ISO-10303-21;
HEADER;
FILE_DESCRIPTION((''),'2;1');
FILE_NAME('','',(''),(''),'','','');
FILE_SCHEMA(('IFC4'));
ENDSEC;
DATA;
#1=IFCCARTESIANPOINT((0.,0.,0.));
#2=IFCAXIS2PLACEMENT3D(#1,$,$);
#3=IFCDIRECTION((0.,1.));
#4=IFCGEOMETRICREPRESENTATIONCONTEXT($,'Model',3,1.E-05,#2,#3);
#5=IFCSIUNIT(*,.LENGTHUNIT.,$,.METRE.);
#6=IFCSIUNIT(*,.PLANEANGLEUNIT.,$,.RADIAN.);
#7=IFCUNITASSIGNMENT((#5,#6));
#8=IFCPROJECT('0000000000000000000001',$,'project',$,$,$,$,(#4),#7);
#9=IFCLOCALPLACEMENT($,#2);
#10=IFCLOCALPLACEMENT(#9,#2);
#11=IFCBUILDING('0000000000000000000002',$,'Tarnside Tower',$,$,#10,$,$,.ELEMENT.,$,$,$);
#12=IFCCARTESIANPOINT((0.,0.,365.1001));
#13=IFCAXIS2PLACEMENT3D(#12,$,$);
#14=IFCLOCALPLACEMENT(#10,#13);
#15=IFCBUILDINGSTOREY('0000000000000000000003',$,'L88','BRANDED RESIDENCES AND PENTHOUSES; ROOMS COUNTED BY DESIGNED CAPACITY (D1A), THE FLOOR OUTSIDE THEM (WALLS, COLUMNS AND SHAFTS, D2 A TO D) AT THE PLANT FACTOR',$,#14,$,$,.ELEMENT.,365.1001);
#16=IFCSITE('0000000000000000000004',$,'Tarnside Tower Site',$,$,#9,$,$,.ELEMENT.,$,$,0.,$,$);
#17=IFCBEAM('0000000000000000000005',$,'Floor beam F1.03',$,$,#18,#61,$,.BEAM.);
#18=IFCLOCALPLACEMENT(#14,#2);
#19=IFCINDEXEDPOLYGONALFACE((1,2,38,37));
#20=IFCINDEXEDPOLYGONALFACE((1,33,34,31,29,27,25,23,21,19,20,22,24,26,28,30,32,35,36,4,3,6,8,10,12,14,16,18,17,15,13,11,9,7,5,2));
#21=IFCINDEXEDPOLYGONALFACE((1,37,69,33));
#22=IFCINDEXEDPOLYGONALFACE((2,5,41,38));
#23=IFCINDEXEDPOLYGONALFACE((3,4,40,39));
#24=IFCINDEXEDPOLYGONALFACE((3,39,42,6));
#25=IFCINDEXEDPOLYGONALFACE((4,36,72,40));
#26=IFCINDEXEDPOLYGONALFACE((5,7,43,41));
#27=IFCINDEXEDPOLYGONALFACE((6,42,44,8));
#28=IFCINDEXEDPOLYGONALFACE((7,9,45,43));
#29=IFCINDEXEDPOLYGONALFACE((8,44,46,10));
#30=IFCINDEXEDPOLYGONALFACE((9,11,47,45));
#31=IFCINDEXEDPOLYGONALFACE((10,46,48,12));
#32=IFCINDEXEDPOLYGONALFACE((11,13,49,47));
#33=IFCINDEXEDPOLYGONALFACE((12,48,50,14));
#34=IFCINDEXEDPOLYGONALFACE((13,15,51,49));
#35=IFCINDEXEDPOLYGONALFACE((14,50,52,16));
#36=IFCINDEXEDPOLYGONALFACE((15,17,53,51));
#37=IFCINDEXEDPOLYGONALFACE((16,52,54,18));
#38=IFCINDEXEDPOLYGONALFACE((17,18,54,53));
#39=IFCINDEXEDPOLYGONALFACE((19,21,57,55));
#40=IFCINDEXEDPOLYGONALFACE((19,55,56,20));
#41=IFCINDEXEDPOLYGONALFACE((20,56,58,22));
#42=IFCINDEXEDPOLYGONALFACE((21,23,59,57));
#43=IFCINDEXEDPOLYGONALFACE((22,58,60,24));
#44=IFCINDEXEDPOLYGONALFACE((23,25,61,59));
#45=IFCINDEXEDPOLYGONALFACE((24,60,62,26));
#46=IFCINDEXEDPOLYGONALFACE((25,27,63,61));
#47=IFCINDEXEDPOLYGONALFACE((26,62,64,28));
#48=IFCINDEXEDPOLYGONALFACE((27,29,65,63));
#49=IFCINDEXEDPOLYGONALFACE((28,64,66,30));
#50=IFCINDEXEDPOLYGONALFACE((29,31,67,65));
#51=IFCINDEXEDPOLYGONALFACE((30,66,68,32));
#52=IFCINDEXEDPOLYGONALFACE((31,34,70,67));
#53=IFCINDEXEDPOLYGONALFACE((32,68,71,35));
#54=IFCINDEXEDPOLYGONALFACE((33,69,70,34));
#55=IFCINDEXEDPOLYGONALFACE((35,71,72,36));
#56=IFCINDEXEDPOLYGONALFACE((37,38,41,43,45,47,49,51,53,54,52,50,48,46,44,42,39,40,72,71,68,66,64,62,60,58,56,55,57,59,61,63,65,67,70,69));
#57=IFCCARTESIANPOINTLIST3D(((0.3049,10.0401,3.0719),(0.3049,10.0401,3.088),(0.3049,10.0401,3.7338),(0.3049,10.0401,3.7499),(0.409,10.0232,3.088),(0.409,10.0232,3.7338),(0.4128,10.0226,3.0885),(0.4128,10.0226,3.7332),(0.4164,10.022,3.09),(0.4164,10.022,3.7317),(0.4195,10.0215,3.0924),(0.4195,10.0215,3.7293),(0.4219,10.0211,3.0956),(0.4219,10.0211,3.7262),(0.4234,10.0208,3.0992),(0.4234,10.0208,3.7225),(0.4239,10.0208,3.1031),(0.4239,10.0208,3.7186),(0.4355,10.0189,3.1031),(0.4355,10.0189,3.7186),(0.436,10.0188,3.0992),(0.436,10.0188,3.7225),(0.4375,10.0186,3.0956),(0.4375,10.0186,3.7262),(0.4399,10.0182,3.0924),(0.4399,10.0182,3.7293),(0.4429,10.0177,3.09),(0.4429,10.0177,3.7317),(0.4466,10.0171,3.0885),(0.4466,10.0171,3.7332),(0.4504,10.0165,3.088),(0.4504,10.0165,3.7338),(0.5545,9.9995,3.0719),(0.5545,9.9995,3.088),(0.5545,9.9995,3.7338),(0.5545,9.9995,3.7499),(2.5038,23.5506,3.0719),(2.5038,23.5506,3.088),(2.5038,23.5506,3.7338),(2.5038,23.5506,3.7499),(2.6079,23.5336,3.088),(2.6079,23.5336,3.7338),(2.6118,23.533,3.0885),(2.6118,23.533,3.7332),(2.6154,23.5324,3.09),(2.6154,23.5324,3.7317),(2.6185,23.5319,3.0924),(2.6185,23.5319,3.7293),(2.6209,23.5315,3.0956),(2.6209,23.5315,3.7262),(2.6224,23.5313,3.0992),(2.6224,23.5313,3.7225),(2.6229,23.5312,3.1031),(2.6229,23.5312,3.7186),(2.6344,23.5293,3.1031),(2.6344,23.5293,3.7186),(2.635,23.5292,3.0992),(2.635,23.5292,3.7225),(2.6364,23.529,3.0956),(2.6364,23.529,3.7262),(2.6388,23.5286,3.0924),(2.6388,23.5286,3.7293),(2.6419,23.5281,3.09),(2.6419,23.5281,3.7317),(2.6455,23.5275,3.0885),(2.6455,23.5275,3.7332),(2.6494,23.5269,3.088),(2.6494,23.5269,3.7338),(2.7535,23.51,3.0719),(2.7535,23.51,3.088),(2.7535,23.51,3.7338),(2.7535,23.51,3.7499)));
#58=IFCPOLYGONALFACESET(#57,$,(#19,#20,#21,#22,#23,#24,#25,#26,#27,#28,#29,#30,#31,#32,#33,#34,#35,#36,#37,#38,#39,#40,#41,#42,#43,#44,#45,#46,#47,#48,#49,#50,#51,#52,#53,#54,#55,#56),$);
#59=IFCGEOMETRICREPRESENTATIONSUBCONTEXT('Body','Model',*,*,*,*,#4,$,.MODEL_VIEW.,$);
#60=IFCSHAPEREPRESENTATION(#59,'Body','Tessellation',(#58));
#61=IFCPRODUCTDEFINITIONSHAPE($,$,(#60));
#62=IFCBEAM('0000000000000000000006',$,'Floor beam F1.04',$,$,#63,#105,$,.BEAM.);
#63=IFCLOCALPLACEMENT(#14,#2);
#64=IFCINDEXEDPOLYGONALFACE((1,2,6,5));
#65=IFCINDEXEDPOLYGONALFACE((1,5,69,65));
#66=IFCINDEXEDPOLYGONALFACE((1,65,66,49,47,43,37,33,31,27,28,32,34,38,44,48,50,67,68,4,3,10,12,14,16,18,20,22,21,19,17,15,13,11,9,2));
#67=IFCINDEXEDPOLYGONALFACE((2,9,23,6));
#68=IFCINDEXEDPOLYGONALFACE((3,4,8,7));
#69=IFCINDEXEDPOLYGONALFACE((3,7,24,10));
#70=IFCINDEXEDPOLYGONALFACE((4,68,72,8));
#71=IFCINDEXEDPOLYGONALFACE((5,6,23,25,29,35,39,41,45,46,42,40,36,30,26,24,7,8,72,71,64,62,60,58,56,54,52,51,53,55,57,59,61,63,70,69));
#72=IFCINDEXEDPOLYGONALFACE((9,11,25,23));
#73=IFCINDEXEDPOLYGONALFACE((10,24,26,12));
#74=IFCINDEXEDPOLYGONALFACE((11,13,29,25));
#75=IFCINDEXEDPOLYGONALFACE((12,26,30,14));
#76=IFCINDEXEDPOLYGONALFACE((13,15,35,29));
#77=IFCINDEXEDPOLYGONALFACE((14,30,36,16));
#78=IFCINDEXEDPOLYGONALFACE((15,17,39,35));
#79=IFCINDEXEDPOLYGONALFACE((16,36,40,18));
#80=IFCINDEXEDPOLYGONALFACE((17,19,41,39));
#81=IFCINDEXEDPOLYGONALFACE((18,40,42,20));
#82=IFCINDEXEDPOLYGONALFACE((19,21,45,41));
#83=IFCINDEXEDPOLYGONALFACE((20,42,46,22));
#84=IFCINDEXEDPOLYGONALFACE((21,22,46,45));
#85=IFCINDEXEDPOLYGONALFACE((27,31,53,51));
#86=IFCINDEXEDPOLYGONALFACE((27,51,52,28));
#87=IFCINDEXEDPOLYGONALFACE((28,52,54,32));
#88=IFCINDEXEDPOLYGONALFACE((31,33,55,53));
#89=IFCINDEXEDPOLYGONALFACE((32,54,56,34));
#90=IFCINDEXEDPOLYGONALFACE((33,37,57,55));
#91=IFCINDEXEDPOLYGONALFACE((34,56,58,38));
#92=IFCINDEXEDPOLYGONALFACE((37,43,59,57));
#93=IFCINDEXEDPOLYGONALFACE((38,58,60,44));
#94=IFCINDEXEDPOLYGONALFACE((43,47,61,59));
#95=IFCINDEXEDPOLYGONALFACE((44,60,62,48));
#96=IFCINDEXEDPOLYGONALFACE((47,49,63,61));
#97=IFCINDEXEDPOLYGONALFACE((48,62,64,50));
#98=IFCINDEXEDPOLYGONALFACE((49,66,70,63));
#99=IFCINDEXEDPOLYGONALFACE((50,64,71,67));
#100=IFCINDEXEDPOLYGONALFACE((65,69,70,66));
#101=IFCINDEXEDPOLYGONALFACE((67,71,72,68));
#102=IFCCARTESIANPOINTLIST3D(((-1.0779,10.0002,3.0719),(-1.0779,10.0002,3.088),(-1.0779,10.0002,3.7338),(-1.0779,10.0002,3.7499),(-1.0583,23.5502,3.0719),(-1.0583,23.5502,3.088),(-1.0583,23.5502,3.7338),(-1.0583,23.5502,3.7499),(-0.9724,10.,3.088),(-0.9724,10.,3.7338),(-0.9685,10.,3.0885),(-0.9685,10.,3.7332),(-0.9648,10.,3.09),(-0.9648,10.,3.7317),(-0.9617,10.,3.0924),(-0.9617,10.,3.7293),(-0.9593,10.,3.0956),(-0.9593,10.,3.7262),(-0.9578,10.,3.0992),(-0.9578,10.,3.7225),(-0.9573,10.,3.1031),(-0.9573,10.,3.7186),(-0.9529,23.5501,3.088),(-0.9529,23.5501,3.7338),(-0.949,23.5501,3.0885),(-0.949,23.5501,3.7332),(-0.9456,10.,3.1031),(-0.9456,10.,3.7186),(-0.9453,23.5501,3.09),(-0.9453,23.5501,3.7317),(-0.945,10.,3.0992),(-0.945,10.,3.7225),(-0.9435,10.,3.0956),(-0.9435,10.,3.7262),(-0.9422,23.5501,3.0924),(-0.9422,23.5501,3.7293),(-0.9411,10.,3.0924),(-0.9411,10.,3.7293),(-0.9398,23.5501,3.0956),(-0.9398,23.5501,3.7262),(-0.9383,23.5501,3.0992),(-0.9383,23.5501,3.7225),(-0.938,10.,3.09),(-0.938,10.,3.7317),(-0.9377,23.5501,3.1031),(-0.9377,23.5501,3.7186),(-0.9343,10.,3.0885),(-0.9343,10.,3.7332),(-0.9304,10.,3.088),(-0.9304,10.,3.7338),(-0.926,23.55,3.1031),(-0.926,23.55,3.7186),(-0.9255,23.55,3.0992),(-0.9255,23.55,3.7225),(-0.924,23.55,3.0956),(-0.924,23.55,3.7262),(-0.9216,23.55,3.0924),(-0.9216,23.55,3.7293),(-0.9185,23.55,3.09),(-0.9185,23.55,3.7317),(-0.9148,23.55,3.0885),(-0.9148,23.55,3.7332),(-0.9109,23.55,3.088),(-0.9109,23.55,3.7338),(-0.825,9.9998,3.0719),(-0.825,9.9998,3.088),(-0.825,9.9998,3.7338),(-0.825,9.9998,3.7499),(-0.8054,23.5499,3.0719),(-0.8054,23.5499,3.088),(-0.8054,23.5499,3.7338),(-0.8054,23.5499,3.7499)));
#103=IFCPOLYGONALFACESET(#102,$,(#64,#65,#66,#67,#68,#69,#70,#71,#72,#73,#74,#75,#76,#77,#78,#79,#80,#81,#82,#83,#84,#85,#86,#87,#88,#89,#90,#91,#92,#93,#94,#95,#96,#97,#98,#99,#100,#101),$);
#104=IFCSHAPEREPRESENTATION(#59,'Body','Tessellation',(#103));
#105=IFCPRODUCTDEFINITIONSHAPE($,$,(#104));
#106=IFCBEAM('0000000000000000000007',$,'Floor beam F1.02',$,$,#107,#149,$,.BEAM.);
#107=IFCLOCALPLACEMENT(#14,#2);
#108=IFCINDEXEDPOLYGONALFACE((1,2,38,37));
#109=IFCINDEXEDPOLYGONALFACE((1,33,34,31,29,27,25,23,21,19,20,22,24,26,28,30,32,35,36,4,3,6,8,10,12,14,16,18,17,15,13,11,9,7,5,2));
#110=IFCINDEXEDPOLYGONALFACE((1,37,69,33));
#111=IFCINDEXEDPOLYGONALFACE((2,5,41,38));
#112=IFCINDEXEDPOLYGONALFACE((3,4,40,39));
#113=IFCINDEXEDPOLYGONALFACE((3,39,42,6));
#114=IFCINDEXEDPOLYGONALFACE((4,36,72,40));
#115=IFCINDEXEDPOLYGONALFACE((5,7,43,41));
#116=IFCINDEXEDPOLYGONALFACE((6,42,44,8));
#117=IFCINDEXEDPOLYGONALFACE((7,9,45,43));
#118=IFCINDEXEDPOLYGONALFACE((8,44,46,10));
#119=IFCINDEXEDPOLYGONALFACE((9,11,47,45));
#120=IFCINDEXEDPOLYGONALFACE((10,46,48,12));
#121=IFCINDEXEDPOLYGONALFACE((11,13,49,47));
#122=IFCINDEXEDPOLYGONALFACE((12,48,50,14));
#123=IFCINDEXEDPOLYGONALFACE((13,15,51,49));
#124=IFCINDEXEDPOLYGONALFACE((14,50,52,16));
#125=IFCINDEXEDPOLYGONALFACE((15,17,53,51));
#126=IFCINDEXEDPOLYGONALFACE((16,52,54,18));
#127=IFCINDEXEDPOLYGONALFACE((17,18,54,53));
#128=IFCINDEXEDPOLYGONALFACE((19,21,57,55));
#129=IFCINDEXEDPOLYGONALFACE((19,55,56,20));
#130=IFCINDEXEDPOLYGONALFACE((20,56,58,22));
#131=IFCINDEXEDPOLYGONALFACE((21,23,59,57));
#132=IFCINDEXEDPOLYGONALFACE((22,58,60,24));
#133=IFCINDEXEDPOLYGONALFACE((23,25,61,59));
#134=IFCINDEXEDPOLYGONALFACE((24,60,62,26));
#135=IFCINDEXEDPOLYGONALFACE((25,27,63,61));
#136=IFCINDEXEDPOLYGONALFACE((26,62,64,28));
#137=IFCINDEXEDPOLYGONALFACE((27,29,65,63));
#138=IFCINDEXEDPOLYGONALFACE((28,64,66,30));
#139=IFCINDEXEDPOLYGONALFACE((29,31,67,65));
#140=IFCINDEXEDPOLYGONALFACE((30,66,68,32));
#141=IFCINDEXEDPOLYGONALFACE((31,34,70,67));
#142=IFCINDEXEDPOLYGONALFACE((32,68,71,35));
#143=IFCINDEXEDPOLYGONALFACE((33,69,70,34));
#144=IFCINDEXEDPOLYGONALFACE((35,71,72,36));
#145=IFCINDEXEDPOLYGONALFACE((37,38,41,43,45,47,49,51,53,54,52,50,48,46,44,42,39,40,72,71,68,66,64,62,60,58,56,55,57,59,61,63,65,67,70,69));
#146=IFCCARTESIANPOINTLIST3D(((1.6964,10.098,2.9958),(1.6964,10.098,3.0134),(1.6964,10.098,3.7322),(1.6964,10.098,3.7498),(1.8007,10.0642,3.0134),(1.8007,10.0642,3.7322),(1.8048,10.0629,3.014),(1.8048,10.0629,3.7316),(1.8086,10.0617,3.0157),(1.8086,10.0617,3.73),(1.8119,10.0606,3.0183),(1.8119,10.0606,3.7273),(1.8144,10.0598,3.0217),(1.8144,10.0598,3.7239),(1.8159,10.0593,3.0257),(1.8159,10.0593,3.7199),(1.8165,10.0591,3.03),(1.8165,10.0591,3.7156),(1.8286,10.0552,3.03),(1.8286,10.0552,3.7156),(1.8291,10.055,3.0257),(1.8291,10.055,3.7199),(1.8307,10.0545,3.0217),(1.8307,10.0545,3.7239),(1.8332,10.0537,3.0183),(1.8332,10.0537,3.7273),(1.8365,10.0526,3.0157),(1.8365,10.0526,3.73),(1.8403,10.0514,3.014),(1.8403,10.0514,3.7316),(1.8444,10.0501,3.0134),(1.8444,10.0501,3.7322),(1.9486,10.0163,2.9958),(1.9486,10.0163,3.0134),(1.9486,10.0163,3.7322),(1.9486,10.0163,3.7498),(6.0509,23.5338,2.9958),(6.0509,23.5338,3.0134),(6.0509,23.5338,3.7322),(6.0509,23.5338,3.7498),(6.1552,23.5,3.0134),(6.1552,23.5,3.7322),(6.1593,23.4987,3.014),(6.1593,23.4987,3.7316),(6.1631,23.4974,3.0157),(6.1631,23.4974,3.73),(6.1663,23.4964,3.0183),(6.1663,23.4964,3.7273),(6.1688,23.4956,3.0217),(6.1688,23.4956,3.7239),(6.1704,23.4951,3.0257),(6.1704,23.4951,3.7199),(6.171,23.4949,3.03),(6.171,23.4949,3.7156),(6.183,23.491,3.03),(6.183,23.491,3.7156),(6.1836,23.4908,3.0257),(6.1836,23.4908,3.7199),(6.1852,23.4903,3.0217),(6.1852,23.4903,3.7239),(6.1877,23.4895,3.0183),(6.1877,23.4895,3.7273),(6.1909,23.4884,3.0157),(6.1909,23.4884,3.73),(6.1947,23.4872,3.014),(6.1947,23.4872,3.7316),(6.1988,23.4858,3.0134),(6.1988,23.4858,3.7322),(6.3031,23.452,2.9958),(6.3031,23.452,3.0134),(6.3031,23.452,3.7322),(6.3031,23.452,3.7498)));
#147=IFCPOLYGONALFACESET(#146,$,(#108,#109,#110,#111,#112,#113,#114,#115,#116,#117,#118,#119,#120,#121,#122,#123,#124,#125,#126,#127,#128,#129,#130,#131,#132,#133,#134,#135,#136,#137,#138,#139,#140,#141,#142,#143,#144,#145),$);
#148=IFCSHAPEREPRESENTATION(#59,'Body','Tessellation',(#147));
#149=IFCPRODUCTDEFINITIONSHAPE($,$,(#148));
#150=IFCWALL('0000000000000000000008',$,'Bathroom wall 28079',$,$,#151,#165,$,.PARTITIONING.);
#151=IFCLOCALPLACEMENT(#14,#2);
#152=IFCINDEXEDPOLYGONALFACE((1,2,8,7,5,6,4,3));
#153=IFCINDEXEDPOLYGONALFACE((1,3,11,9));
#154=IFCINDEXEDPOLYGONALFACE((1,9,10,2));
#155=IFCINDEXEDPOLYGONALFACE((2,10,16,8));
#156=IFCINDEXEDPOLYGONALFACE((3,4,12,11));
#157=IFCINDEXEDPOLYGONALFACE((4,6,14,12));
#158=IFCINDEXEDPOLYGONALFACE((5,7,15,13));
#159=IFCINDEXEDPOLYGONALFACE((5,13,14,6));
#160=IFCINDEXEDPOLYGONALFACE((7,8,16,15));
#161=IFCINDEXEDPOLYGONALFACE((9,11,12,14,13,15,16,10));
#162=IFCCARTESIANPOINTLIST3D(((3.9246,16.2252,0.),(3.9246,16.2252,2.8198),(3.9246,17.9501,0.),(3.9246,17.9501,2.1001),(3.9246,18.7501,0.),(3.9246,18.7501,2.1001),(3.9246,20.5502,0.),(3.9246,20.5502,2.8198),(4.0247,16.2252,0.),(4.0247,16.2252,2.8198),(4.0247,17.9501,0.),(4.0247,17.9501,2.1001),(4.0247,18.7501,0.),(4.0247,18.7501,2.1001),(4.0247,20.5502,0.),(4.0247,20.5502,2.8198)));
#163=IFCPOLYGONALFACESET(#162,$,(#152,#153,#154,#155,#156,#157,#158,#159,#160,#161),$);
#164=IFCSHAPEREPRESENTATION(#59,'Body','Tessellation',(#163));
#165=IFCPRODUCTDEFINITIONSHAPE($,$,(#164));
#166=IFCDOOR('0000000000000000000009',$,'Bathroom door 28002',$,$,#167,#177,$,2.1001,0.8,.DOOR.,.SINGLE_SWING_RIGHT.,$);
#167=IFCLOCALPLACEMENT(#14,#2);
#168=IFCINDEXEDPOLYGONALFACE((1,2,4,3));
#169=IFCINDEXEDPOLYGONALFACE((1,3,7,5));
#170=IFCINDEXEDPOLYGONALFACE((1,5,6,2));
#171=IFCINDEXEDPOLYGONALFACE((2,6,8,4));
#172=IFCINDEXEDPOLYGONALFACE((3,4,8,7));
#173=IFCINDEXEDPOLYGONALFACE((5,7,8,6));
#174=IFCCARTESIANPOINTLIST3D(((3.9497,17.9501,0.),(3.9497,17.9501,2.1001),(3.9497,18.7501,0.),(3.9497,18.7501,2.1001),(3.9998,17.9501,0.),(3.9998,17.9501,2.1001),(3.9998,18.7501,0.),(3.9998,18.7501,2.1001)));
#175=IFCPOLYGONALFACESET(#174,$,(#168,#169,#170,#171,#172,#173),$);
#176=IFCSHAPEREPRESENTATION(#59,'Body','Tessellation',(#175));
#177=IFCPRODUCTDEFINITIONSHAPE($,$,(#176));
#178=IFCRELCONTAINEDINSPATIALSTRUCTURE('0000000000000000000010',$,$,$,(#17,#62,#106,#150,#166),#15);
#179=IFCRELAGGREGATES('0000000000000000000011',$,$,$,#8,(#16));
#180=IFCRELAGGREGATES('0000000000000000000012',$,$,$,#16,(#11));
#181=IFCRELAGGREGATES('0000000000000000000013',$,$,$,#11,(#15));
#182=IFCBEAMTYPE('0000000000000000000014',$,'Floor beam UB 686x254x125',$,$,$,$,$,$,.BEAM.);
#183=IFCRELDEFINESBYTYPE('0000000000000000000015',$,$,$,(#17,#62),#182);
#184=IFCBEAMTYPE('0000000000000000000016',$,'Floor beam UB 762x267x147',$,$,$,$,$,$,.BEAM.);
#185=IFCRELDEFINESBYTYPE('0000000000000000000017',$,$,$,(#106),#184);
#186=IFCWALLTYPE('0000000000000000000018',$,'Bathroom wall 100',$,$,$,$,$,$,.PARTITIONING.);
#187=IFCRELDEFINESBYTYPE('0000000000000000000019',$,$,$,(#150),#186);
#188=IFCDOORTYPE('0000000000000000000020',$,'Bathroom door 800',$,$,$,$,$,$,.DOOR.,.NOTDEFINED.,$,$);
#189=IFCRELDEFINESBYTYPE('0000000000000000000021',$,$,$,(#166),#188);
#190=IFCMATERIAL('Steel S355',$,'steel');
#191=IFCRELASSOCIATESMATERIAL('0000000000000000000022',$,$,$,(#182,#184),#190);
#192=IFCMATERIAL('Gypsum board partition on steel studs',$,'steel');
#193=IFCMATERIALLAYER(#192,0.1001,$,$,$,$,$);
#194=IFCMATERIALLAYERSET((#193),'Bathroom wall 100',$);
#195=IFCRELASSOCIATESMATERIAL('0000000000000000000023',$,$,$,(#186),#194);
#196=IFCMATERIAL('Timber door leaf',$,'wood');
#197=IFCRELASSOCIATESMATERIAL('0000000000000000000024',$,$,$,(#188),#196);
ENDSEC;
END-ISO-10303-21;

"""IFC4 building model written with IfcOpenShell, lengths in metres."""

from ifc_helpers import new_model, si_unit, direction, frame, frame_2d, origin, origin_2d, place, context, subcontext, project, spatial, rectangle, i_section, extrude, material, layer, layer_set, material_profile, profile_set, type_object, element, fill, save


model = new_model("IFC4")

# Units and contexts
model_context = context("Model", 3, precision=1e-05, world=origin(), true_north=direction((0.0, 1.0)))
body_context = subcontext(model_context, "Body", "Model", "MODEL_VIEW")
ifc_project = project(units=[si_unit("LENGTHUNIT", "METRE"), si_unit("PLANEANGLEUNIT", "RADIAN")], contexts=[model_context])

# Site, building, storey
site_placement = place(None, origin())
site = spatial("IfcSite", under=ifc_project, at=site_placement, Name="Tarnside Tower Site", CompositionType="ELEMENT", RefElevation=0.0)
building_placement = place(site_placement, origin())
building = spatial("IfcBuilding", under=site, at=building_placement, Name="Tarnside Tower", CompositionType="ELEMENT")
storey_placement = place(building_placement, frame((0.0, 0.0, 365.1001)))
storey = spatial("IfcBuildingStorey", under=building, at=storey_placement, Name="L88", Description="BRANDED RESIDENCES AND PENTHOUSES; ROOMS COUNTED BY DESIGNED CAPACITY (D1A), THE FLOOR OUTSIDE THEM (WALLS, COLUMNS AND SHAFTS, D2 A TO D) AT THE PLANT FACTOR", CompositionType="ELEMENT", Elevation=365.1001)

# Beams
ifc_material_1 = material(Name="Steel S355", Category="steel")
ifc_material_profile_1 = material_profile(ifc_material_1, i_section(OverallWidth=0.2529, OverallDepth=0.678, WebThickness=0.0117, FlangeThickness=0.0161, FilletRadius=0.0151, at=origin_2d()), Name="UB 686x254x125")
ifc_profile_set_1 = profile_set([ifc_material_profile_1], Name="Steel S355")
beam_type_1 = type_object("IfcBeamType", Name="Floor beam UB 686x254x125", PredefinedType="BEAM", material=ifc_profile_set_1)
beam_1_placement = place(storey_placement, frame((2.6287, 23.5303, 3.4109), z_axis=(-0.160647, -0.987012, 0.0), x_axis=(0.987012, -0.160647, 0.0)))
element("IfcBeam", 1, at=beam_1_placement, inside=storey, type_object=beam_type_1, Name="Floor beam F1.03", PredefinedType="BEAM", context=body_context, shape_type="SweptSolid", body=[
    extrude(i_section(OverallWidth=0.2529, OverallDepth=0.678, WebThickness=0.0117, FlangeThickness=0.0161, FilletRadius=0.0151, at=origin_2d()), origin(), (0.0, 0.0, 1.0), 13.6882),
])
beam_2_placement = place(storey_placement, frame((-0.9319, 23.55, 3.4109), z_axis=(-0.001441, -0.999999, 0.0), x_axis=(0.999999, -0.001441, 0.0)))
element("IfcBeam", 2, at=beam_2_placement, inside=storey, type_object=beam_type_1, Name="Floor beam F1.04", PredefinedType="BEAM", context=body_context, shape_type="SweptSolid", body=[
    extrude(i_section(OverallWidth=0.2529, OverallDepth=0.678, WebThickness=0.0117, FlangeThickness=0.0161, FilletRadius=0.0151, at=origin_2d()), origin(), (0.0, 0.0, 1.0), 13.55),
])
ifc_material_profile_2 = material_profile(ifc_material_1, i_section(OverallWidth=0.2651, OverallDepth=0.7539, WebThickness=0.0127, FlangeThickness=0.0176, FilletRadius=0.0166, at=origin_2d()), Name="UB 762x267x147")
ifc_profile_set_2 = profile_set([ifc_material_profile_2], Name="Steel S355")
beam_type_2 = type_object("IfcBeamType", Name="Floor beam UB 762x267x147", PredefinedType="BEAM", material=ifc_profile_set_2)
beam_3_placement = place(storey_placement, frame((6.177, 23.4929, 3.3728), z_axis=(-0.308309, -0.951286, 0.0), x_axis=(0.951286, -0.308309, 0.0)))
element("IfcBeam", 3, at=beam_3_placement, inside=storey, type_object=beam_type_2, Name="Floor beam F1.02", PredefinedType="BEAM", context=body_context, shape_type="SweptSolid", body=[
    extrude(i_section(OverallWidth=0.2651, OverallDepth=0.7539, WebThickness=0.0127, FlangeThickness=0.0176, FilletRadius=0.0166, at=origin_2d()), origin(), (0.0, 0.0, 1.0), 14.1238),
])

# Wall, opening, door
ifc_material_2 = material(Name="Gypsum board partition on steel studs", Category="steel")
ifc_layer_1 = layer(ifc_material_2, 0.1001)
ifc_layer_set_1 = layer_set([ifc_layer_1], Name="Bathroom wall 100")
wall_type_1 = type_object("IfcWallType", Name="Bathroom wall 100", PredefinedType="PARTITIONING", material=ifc_layer_set_1)
wall_1_placement = place(storey_placement, frame((3.9746, 16.2251, 0.0), z_axis=(0.0, 0.0, 1.0), x_axis=(0.0, 1.0, 0.0)))
wall_1 = element("IfcWall", 4, at=wall_1_placement, inside=storey, type_object=wall_type_1, Name="Bathroom wall 28079", PredefinedType="PARTITIONING", context=body_context, shape_type="SweptSolid", body=[
    extrude(rectangle(XDim=4.325, YDim=0.1001, at=frame_2d((2.1626, 0.0))), origin(), (0.0, 0.0, 1.0), 2.8198),
])
opening_1_placement = place(wall_1_placement, frame((1.7251, 0.0, 0.0)))
opening_1 = element("IfcOpeningElement", 5, at=opening_1_placement, cuts=wall_1, PredefinedType="OPENING", context=body_context, shape_type="SweptSolid", body=[
    extrude(rectangle(XDim=0.8, YDim=2.1001, at=frame_2d((0.3999, 1.05))), frame((0.0, 0.0601, 0.0), z_axis=(0.0, -1.0, 0.0), x_axis=(1.0, 0.0, 0.0)), (0.0, 0.0, 1.0), 0.1201),
])
ifc_material_3 = material(Name="Timber door leaf", Category="wood")
door_type_1 = type_object("IfcDoorType", Name="Bathroom door 800", OperationType="NOTDEFINED", PredefinedType="DOOR", material=ifc_material_3)
door_1_placement = place(opening_1_placement, origin())
door_1 = element("IfcDoor", 6, at=door_1_placement, inside=storey, type_object=door_type_1, Name="Bathroom door 28002", OperationType="SINGLE_SWING_RIGHT", OverallHeight=2.1001, OverallWidth=0.8, PredefinedType="DOOR", context=body_context, shape_type="SweptSolid", body=[
    extrude(rectangle(XDim=0.8, YDim=2.1001, at=frame_2d((0.3999, 1.05))), frame((0.0, 0.0249, 0.0), z_axis=(0.0, -1.0, 0.0), x_axis=(1.0, 0.0, 0.0)), (0.0, 0.0, 1.0), 0.05),
])
fill(opening_1, door_1)

save(model, "model.ifc")
